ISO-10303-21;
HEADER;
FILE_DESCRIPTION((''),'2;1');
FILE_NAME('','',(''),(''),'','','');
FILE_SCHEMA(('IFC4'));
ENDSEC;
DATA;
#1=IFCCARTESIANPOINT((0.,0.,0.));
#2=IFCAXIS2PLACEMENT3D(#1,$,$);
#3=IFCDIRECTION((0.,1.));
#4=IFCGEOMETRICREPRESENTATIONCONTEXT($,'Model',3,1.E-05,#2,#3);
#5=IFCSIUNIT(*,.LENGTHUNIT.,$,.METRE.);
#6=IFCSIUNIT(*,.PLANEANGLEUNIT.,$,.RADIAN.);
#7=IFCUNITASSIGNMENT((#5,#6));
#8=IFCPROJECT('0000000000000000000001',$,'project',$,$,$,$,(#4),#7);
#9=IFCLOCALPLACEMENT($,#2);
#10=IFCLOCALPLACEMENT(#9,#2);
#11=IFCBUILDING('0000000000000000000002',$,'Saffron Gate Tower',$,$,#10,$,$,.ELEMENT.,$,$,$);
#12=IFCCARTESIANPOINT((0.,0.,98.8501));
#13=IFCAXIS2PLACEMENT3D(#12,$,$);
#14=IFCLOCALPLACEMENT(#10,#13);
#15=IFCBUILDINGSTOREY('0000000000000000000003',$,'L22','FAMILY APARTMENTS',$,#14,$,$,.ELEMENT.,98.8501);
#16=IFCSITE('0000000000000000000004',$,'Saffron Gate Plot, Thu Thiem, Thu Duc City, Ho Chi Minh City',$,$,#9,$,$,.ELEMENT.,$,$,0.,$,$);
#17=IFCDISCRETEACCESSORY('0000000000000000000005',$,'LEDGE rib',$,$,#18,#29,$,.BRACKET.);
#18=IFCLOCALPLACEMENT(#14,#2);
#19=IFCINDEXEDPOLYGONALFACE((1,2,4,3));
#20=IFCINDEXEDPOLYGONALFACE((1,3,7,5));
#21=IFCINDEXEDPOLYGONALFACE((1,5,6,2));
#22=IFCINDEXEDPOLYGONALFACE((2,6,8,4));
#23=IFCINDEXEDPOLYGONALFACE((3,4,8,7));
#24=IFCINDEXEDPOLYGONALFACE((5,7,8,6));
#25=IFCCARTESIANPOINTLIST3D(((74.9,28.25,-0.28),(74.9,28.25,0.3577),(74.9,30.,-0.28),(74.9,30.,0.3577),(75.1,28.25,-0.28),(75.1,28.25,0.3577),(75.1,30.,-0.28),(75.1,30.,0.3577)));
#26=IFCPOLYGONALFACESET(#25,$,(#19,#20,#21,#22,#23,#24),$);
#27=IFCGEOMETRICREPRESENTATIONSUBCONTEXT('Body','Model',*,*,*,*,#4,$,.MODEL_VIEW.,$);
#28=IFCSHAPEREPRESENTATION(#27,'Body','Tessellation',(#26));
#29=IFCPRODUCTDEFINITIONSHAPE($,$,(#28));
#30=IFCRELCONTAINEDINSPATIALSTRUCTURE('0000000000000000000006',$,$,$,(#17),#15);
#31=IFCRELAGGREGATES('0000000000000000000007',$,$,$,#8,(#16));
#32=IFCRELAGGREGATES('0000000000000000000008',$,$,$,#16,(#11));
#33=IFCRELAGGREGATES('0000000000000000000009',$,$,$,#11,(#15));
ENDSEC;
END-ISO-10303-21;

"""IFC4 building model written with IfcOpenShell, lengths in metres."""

from ifc_helpers import new_model, si_unit, direction, frame, origin, origin_2d, place, context, subcontext, project, spatial, rectangle, extrude, element, save


model = new_model("IFC4")

# Units and contexts
model_context = context("Model", 3, precision=1e-05, world=origin(), true_north=direction((0.0, 1.0)))
body_context = subcontext(model_context, "Body", "Model", "MODEL_VIEW")
ifc_project = project(units=[si_unit("LENGTHUNIT", "METRE"), si_unit("PLANEANGLEUNIT", "RADIAN")], contexts=[model_context])

# Site, building, storey
site_placement = place(None, origin())
site = spatial("IfcSite", under=ifc_project, at=site_placement, Name="Saffron Gate Plot, Thu Thiem, Thu Duc City, Ho Chi Minh City", CompositionType="ELEMENT", RefElevation=0.0)
building_placement = place(site_placement, origin())
building = spatial("IfcBuilding", under=site, at=building_placement, Name="Saffron Gate Tower", CompositionType="ELEMENT")
storey_placement = place(building_placement, frame((0.0, 0.0, 98.8501)))
storey = spatial("IfcBuildingStorey", under=building, at=storey_placement, Name="L22", Description="FAMILY APARTMENTS", CompositionType="ELEMENT", Elevation=98.8501)

# Discrete accessory
discrete_accessory_placement = place(storey_placement, frame((75.0, 29.125, -0.28), z_axis=(0.0, 0.0, 1.0), x_axis=(1.0, 0.0, 0.0)))
element("IfcDiscreteAccessory", 1, at=discrete_accessory_placement, inside=storey, Name="LEDGE rib", PredefinedType="BRACKET", context=body_context, shape_type="SweptSolid", body=[
    extrude(rectangle(XDim=0.2, YDim=1.75, at=origin_2d()), origin(), (0.0, 0.0, 1.0), 0.6377),
])

save(model, "model.ifc")
